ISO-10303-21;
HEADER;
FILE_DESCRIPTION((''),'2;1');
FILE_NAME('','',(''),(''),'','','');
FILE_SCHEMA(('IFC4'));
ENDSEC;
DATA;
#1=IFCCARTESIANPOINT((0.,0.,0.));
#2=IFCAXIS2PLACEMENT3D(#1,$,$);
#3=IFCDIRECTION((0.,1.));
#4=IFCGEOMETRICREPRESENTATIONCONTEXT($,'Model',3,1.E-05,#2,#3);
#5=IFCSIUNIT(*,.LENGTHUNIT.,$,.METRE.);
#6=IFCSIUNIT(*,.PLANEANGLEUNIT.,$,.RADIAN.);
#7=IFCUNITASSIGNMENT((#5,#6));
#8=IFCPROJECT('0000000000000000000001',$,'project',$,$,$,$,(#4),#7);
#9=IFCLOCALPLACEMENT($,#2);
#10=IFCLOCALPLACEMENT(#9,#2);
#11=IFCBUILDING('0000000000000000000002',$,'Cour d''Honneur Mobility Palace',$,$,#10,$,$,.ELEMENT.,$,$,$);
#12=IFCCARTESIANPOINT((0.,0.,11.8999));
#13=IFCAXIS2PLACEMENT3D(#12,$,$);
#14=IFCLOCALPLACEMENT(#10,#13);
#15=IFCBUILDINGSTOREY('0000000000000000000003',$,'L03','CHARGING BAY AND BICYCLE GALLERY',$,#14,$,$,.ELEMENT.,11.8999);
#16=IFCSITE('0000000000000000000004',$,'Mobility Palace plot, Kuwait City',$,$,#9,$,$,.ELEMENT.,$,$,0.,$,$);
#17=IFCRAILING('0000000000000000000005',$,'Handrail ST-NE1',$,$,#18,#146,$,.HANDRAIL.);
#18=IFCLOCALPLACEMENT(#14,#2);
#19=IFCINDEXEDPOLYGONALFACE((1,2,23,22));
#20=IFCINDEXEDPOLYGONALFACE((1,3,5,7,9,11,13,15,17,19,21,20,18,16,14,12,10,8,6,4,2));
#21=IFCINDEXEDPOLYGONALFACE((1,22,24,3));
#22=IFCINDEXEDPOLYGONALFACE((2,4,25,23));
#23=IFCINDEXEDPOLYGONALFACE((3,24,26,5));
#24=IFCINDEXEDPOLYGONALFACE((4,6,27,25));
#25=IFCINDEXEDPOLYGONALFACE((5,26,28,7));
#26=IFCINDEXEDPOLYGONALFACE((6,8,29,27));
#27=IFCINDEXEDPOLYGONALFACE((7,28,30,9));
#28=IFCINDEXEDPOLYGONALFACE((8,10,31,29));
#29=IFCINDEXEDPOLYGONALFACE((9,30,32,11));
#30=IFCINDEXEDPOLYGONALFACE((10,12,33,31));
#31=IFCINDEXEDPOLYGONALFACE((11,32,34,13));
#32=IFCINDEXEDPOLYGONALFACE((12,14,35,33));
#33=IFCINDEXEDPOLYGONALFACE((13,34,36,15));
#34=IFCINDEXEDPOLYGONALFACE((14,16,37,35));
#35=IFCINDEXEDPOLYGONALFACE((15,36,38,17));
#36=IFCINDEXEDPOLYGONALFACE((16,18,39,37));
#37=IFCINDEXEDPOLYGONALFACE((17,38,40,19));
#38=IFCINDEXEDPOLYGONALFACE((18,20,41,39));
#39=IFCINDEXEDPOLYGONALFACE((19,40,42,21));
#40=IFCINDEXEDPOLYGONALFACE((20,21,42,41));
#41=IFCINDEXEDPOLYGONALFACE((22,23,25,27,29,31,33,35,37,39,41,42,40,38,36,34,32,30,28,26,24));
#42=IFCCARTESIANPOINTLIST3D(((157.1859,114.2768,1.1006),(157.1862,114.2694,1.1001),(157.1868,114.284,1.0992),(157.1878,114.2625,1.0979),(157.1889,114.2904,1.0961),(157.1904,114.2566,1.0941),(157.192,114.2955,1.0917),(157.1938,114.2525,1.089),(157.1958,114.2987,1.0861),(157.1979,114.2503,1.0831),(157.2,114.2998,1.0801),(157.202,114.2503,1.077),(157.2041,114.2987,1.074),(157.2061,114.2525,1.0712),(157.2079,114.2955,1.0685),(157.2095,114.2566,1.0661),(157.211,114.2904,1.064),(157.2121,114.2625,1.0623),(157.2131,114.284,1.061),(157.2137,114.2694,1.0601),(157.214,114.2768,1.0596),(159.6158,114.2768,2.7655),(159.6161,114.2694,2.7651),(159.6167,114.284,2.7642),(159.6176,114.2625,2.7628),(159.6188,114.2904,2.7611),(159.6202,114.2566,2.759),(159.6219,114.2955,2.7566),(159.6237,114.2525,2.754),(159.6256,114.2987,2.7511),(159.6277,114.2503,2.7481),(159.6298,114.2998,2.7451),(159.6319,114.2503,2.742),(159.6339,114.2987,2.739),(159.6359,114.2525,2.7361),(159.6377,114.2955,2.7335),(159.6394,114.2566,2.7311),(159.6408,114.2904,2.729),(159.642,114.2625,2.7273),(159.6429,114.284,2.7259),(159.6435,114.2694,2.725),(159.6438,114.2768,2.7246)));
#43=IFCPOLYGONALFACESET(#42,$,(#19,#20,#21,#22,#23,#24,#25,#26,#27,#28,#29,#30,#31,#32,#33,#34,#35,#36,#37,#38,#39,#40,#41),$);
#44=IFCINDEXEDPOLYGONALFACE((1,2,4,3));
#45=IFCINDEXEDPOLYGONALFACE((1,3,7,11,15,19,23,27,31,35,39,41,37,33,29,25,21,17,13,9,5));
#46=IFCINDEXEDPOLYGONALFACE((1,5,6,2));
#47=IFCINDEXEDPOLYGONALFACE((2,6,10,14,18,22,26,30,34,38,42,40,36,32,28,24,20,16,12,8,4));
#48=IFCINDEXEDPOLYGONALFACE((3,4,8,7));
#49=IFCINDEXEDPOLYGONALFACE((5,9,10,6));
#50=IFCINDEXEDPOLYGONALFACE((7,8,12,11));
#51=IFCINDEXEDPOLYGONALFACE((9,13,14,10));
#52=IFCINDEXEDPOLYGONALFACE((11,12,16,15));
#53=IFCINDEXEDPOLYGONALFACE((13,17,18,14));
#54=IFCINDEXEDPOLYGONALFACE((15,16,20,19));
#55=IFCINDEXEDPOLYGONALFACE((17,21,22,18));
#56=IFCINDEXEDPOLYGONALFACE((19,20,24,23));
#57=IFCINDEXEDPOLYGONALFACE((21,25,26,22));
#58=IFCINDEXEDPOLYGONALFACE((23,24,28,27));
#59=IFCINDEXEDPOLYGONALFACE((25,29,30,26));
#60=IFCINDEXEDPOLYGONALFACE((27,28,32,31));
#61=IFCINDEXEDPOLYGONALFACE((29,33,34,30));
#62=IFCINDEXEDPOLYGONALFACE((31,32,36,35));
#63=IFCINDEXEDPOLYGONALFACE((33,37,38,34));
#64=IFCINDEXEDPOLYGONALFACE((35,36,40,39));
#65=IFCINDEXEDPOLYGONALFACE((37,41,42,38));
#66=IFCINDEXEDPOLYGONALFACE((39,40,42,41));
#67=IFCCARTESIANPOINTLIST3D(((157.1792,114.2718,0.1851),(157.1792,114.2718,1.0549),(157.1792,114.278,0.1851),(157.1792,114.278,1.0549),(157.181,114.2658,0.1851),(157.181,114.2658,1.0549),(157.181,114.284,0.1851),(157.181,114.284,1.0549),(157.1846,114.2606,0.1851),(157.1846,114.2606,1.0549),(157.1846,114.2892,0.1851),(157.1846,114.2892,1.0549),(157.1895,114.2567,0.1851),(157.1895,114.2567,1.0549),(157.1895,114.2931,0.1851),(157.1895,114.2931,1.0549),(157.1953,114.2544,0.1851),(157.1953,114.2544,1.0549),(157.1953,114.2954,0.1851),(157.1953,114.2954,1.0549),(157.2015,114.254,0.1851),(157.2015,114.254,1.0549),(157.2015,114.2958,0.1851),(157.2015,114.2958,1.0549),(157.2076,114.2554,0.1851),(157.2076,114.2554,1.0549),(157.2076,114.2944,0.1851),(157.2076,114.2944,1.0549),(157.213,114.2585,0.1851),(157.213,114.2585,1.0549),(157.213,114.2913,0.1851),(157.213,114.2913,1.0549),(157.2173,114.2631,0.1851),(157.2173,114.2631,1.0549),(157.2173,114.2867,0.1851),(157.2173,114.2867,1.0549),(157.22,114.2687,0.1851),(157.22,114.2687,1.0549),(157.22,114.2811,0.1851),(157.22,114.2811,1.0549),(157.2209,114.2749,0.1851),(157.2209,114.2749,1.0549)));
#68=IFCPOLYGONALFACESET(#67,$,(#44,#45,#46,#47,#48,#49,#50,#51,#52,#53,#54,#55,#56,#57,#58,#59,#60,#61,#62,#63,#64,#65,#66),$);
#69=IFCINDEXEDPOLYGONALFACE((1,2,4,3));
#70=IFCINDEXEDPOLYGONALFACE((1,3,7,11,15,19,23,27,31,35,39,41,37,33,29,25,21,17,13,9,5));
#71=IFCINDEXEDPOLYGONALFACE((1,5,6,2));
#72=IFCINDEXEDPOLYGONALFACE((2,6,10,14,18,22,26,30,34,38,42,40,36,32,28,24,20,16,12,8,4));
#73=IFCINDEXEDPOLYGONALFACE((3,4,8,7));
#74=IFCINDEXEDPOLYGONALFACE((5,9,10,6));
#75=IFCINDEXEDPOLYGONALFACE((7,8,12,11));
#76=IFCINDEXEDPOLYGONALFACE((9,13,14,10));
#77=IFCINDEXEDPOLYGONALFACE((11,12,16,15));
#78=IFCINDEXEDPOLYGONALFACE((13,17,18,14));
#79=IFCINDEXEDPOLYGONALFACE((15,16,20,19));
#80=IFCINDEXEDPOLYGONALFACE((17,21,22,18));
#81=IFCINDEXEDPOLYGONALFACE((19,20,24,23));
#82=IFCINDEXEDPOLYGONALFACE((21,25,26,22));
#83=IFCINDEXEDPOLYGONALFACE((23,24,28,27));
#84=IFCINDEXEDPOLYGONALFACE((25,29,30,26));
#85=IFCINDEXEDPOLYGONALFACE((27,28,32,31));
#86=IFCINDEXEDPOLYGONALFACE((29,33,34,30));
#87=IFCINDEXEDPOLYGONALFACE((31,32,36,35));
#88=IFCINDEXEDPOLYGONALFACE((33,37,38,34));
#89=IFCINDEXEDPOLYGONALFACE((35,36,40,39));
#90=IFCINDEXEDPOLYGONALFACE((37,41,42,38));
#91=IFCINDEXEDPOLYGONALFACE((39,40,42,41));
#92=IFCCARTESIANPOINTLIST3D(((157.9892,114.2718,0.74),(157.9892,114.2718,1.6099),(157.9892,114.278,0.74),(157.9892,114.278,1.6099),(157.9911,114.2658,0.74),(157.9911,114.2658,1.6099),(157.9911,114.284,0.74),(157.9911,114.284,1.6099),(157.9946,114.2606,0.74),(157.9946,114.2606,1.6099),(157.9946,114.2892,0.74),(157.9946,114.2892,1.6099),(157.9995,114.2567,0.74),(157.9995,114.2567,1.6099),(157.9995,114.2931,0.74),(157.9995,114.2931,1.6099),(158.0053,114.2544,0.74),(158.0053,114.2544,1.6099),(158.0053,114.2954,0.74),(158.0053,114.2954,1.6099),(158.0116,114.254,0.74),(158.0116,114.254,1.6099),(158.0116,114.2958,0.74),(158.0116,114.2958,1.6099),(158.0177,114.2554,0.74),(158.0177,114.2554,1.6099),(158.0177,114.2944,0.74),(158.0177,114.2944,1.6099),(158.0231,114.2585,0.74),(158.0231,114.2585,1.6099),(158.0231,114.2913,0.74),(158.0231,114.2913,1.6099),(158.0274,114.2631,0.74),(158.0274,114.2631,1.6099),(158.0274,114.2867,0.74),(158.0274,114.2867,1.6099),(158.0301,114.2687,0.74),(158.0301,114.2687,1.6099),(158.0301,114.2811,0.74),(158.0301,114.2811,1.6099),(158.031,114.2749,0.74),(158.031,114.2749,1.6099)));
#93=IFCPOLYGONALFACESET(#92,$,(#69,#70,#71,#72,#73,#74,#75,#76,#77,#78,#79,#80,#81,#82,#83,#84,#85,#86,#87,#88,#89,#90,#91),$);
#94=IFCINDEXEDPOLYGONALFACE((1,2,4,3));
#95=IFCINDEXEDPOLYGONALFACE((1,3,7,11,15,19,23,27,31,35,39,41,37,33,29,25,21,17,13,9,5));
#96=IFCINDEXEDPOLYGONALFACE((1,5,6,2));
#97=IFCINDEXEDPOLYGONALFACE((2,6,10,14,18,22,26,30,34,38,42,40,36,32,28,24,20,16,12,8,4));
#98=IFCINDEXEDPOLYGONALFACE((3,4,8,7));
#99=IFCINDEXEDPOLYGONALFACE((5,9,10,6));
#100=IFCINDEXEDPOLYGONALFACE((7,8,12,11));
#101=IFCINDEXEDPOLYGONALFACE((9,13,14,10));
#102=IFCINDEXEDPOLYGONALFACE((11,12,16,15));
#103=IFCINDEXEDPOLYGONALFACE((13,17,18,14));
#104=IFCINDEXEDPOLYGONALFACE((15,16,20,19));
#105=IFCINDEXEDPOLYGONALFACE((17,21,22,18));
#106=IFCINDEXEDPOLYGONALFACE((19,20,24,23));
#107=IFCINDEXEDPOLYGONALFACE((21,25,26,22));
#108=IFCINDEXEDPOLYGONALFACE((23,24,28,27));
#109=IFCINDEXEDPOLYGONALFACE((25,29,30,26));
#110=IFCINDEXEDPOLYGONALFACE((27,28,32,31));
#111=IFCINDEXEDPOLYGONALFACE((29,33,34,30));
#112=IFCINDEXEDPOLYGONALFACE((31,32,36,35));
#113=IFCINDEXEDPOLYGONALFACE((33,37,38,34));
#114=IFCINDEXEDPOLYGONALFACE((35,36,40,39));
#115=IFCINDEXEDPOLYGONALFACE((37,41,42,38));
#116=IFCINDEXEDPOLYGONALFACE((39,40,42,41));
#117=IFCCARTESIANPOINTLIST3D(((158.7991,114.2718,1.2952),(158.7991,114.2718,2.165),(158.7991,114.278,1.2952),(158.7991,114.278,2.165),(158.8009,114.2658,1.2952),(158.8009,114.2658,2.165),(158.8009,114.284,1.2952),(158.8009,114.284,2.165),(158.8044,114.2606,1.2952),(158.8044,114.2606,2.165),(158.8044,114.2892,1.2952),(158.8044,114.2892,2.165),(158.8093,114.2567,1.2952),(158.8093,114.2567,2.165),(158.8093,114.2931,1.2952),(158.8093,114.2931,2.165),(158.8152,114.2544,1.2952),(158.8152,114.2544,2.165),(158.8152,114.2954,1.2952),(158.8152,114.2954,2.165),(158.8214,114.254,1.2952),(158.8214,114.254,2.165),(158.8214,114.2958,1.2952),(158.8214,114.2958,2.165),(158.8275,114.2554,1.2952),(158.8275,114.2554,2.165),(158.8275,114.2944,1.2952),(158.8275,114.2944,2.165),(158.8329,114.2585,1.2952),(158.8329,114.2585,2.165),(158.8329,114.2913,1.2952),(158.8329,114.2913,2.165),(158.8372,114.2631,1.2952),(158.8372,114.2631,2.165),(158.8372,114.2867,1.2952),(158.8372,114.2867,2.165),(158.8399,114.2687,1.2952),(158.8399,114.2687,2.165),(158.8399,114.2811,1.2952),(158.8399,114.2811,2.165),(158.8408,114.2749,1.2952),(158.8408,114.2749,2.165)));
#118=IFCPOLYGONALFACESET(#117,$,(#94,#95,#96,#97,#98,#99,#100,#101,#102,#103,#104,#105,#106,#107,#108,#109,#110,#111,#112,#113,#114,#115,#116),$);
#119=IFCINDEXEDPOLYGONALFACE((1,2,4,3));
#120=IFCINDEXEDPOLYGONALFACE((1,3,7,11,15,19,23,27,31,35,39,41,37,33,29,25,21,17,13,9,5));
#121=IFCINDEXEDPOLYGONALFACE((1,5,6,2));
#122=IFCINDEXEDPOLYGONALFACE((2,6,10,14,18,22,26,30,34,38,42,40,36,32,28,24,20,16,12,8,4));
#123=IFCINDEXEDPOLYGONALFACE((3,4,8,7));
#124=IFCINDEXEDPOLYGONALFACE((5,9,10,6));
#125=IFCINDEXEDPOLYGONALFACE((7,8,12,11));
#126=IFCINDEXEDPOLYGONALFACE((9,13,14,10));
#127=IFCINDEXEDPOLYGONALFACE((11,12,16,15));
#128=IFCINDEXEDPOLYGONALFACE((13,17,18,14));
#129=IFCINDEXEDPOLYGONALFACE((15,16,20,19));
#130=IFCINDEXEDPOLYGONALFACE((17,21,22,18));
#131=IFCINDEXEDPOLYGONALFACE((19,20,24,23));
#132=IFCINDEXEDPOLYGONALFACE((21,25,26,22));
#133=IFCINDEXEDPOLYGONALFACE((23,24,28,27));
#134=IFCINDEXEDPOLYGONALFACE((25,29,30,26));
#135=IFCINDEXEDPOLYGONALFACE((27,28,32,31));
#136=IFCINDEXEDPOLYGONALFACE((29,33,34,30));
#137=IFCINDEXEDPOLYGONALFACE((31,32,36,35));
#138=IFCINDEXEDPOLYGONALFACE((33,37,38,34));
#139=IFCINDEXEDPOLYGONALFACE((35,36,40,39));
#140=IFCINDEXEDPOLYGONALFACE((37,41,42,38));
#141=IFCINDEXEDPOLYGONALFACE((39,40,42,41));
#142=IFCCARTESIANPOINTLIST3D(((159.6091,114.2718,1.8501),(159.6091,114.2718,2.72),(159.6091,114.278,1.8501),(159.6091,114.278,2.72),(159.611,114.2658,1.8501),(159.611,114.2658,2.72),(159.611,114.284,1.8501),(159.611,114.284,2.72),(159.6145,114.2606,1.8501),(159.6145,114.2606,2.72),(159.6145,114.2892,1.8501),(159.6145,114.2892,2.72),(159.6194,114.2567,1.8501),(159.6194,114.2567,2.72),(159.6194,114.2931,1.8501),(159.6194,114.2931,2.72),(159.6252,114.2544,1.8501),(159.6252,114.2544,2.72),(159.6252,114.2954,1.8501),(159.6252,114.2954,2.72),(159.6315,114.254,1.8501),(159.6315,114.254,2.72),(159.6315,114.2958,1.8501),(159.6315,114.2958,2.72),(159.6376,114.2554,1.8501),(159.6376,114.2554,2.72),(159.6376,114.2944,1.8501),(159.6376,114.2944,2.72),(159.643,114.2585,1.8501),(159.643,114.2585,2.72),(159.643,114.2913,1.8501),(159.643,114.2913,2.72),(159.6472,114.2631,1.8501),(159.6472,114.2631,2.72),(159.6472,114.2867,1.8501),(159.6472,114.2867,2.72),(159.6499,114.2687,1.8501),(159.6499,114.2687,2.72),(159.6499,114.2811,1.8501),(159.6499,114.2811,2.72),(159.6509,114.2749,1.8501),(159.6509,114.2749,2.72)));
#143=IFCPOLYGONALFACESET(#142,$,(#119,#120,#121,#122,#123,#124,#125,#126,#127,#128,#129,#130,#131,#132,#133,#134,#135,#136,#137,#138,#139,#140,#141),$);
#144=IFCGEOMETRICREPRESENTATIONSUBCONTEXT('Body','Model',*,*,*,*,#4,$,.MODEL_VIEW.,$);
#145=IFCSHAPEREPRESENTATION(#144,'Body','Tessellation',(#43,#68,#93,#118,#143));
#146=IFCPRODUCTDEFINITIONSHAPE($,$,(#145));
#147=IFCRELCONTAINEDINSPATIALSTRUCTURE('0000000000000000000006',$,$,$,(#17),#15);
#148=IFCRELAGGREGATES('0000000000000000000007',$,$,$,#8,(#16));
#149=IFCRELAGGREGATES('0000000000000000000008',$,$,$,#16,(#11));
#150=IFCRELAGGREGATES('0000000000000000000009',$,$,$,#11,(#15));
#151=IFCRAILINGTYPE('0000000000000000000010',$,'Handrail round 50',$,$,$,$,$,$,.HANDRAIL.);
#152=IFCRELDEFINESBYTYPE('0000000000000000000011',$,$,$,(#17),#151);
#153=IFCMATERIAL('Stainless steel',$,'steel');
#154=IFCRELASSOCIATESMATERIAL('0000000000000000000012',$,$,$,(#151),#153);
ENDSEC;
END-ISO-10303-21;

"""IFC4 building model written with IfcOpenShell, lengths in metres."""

from ifc_helpers import new_model, si_unit, direction, frame, origin, origin_2d, place, context, subcontext, project, spatial, circle, extrude, material, type_object, element, save


model = new_model("IFC4")

# Units and contexts
model_context = context("Model", 3, precision=1e-05, world=origin(), true_north=direction((0.0, 1.0)))
body_context = subcontext(model_context, "Body", "Model", "MODEL_VIEW")
ifc_project = project(units=[si_unit("LENGTHUNIT", "METRE"), si_unit("PLANEANGLEUNIT", "RADIAN")], contexts=[model_context])

# Site, building, storey
site_placement = place(None, origin())
site = spatial("IfcSite", under=ifc_project, at=site_placement, Name="Mobility Palace plot, Kuwait City", CompositionType="ELEMENT", RefElevation=0.0)
building_placement = place(site_placement, origin())
building = spatial("IfcBuilding", under=site, at=building_placement, Name="Cour d'Honneur Mobility Palace", CompositionType="ELEMENT")
storey_placement = place(building_placement, frame((0.0, 0.0, 11.8999)))
storey = spatial("IfcBuildingStorey", under=building, at=storey_placement, Name="L03", Description="CHARGING BAY AND BICYCLE GALLERY", CompositionType="ELEMENT", Elevation=11.8999)

# Railing
ifc_material_1 = material(Name="Stainless steel", Category="steel")
railing_type_1 = type_object("IfcRailingType", Name="Handrail round 50", PredefinedType="HANDRAIL", material=ifc_material_1)
for number, where, name in (
    (1, (157.2, 114.2749, 0.1851), "Handrail ST-NE1"),
):
    element("IfcRailing", number, at=place(storey_placement, frame(where)), inside=storey, type_object=railing_type_1, Name=name, PredefinedType="HANDRAIL", context=body_context, shape_type="SweptSolid", body=[
        extrude(circle(Radius=0.0249, at=origin_2d()), frame((0.0, 0.0, 0.895), z_axis=(0.824919, 0.0, 0.565251), x_axis=(0.0, 1.0, 0.0)), (0.0, 0.0, 1.0), 2.9456),
        extrude(circle(Radius=0.021, at=origin_2d()), origin(), (0.0, 0.0, 1.0), 0.8699),
        extrude(circle(Radius=0.021, at=origin_2d()), frame((0.8101, 0.0, 0.5549)), (0.0, 0.0, 1.0), 0.8699),
        extrude(circle(Radius=0.021, at=origin_2d()), frame((1.6199, 0.0, 1.1101)), (0.0, 0.0, 1.0), 0.8699),
        extrude(circle(Radius=0.021, at=origin_2d()), frame((2.4299, 0.0, 1.665)), (0.0, 0.0, 1.0), 0.8699),
    ])

save(model, "model.ifc")
